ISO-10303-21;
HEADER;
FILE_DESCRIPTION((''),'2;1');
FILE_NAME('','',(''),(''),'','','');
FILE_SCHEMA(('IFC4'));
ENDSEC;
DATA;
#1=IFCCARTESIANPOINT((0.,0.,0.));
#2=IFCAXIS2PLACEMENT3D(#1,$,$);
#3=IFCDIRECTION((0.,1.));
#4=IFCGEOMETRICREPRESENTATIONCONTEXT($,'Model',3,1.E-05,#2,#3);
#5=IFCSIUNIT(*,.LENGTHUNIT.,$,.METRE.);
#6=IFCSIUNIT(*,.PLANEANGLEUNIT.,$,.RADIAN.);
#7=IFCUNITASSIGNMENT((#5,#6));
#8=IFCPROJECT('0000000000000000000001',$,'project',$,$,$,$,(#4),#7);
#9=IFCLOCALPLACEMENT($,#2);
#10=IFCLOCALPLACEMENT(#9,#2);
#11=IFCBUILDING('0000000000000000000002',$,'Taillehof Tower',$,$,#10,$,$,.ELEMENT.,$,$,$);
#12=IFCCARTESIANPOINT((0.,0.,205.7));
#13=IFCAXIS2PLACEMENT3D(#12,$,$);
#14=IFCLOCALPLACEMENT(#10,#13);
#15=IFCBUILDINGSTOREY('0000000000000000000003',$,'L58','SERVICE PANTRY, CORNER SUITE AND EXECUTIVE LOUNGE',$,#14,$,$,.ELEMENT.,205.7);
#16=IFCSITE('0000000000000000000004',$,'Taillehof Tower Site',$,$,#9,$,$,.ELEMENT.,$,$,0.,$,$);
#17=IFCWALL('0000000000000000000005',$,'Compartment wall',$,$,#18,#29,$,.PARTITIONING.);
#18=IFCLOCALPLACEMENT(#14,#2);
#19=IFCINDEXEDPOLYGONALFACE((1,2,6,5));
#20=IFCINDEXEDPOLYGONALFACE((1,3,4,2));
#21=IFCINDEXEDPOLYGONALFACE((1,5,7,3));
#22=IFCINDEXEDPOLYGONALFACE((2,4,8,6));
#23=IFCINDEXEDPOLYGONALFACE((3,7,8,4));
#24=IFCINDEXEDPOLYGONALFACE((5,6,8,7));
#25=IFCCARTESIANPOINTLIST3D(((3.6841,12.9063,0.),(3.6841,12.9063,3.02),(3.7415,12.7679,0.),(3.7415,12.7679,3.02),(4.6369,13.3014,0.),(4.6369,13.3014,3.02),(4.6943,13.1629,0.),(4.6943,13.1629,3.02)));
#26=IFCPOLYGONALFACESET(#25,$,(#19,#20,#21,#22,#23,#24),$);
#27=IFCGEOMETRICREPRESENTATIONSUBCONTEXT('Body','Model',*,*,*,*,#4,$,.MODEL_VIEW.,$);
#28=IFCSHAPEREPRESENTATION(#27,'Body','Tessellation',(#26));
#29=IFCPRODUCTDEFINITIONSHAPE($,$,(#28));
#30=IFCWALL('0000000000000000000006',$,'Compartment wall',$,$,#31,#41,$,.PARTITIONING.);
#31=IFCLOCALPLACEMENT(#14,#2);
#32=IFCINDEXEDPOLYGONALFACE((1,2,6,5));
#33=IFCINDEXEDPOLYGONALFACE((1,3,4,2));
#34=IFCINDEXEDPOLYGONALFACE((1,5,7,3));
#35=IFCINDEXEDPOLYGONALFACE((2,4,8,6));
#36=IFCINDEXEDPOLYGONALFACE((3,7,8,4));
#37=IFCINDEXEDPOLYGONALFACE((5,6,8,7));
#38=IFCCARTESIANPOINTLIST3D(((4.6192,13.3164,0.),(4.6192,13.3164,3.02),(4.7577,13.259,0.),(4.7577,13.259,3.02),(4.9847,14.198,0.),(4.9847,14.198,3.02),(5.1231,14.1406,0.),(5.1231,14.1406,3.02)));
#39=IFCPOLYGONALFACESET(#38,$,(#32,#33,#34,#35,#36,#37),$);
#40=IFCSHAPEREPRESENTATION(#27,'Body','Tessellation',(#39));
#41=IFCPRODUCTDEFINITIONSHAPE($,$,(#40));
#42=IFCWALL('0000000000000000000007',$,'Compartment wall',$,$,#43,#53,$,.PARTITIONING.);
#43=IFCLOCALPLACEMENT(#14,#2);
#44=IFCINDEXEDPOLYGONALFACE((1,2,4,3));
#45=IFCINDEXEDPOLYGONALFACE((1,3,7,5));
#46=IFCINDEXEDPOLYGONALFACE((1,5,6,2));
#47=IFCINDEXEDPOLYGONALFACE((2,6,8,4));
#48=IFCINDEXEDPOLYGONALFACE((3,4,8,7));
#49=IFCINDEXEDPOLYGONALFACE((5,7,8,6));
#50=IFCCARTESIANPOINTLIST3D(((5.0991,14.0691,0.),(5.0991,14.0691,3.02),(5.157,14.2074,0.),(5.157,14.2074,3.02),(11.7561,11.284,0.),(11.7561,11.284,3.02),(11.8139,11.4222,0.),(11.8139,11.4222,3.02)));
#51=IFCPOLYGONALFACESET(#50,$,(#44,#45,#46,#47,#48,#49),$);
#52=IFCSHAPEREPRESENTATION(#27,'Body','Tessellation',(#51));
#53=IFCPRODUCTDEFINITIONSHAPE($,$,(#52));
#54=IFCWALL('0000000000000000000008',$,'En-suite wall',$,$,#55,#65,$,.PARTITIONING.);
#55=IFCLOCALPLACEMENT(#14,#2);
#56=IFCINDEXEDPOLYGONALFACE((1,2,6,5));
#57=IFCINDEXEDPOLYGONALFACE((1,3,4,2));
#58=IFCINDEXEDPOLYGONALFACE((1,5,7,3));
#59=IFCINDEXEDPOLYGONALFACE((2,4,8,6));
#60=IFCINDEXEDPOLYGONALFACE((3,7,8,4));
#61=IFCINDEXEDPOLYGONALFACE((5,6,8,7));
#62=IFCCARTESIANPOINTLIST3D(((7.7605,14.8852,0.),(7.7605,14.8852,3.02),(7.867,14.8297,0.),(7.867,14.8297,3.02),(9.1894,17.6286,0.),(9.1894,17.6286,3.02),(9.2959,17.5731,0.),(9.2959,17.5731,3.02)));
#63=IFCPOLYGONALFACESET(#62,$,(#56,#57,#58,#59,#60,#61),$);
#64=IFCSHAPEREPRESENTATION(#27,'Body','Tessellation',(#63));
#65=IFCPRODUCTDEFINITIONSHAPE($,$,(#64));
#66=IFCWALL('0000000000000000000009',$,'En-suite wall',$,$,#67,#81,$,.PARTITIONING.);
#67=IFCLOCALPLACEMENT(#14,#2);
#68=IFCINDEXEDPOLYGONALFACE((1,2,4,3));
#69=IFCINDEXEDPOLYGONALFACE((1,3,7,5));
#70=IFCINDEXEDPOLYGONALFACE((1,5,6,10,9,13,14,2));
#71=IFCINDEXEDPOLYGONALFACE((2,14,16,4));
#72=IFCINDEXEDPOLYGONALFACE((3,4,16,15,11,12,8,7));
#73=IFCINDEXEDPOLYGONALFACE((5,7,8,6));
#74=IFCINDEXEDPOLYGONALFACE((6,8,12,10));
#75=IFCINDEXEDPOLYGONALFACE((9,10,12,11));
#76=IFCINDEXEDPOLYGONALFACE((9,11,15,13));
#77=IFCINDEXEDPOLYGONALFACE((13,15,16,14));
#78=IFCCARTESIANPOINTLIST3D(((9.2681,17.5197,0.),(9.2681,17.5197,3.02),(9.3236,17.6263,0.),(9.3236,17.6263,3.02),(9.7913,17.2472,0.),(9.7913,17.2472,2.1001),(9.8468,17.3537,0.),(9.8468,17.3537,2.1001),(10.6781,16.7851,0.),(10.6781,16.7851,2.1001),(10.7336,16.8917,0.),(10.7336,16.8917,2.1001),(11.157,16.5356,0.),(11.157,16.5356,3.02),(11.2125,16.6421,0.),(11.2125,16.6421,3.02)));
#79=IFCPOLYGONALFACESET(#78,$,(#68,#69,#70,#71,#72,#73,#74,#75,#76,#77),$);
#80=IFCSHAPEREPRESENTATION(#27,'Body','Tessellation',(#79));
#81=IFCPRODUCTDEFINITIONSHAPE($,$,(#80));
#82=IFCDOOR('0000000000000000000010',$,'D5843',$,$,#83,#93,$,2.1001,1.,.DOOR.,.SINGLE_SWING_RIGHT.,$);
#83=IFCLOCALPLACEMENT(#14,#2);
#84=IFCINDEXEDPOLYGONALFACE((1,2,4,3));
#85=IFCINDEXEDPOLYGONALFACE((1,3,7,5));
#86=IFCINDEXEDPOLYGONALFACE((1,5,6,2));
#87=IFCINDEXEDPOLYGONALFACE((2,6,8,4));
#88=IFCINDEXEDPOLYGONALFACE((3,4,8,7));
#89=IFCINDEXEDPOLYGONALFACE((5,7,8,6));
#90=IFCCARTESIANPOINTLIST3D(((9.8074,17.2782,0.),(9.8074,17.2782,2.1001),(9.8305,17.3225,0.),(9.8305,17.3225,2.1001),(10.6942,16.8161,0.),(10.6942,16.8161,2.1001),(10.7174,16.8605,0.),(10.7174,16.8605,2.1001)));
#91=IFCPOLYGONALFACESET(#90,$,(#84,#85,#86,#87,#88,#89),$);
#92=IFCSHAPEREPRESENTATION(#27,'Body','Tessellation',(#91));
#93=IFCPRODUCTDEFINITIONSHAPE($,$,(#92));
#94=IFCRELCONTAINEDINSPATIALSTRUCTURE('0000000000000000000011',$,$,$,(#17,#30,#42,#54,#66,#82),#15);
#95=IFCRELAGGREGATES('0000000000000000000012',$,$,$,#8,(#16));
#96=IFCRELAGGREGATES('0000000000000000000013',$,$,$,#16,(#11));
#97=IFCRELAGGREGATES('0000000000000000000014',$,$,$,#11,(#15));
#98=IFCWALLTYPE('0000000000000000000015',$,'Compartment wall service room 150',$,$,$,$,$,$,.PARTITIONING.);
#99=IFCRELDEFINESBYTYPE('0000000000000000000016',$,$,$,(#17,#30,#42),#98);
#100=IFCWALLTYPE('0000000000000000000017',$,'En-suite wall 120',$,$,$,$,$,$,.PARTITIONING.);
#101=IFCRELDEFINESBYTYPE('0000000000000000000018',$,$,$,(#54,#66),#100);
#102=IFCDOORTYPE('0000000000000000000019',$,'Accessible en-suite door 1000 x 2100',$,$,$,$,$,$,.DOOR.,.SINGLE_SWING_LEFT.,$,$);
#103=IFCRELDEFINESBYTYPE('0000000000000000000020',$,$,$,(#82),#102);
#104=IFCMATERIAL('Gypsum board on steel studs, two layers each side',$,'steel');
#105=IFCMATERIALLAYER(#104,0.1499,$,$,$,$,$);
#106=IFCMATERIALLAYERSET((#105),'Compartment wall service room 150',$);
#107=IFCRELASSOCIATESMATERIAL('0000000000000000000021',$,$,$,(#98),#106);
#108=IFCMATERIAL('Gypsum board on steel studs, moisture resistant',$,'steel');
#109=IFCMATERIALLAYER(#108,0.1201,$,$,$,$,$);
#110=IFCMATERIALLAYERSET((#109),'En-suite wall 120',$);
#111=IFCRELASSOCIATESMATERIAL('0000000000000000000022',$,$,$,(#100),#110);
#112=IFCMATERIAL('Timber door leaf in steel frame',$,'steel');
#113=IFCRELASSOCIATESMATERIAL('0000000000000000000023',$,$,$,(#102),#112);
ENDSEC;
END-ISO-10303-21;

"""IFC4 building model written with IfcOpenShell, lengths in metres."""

from ifc_helpers import new_model, si_unit, direction, frame, frame_2d, origin, place, context, subcontext, project, spatial, rectangle, extrude, material, layer, layer_set, type_object, element, fill, save


model = new_model("IFC4")

# Units and contexts
model_context = context("Model", 3, precision=1e-05, world=origin(), true_north=direction((0.0, 1.0)))
body_context = subcontext(model_context, "Body", "Model", "MODEL_VIEW")
ifc_project = project(units=[si_unit("LENGTHUNIT", "METRE"), si_unit("PLANEANGLEUNIT", "RADIAN")], contexts=[model_context])

# Site, building, storey
site_placement = place(None, origin())
site = spatial("IfcSite", under=ifc_project, at=site_placement, Name="Taillehof Tower Site", CompositionType="ELEMENT", RefElevation=0.0)
building_placement = place(site_placement, origin())
building = spatial("IfcBuilding", under=site, at=building_placement, Name="Taillehof Tower", CompositionType="ELEMENT")
storey_placement = place(building_placement, frame((0.0, 0.0, 205.7)))
storey = spatial("IfcBuildingStorey", under=building, at=storey_placement, Name="L58", Description="SERVICE PANTRY, CORNER SUITE AND EXECUTIVE LOUNGE", CompositionType="ELEMENT", Elevation=205.7)

# Walls
ifc_material_1 = material(Name="Gypsum board on steel studs, two layers each side", Category="steel")
ifc_layer_1 = layer(ifc_material_1, 0.1499)
ifc_layer_set_1 = layer_set([ifc_layer_1], Name="Compartment wall service room 150")
wall_type_1 = type_object("IfcWallType", Name="Compartment wall service room 150", PredefinedType="PARTITIONING", material=ifc_layer_set_1)
wall_1_placement = place(storey_placement, frame((3.7129, 12.8372, 0.0), z_axis=(0.0, 0.0, 1.0), x_axis=(0.923769, 0.382951, 0.0)))
element("IfcWall", 1, at=wall_1_placement, inside=storey, type_object=wall_type_1, Name="Compartment wall", PredefinedType="PARTITIONING", context=body_context, shape_type="SweptSolid", body=[
    extrude(rectangle(XDim=1.0315, YDim=0.1499, at=frame_2d((0.5156, 0.0))), origin(), (0.0, 0.0, 1.0), 3.02),
])
wall_2_placement = place(storey_placement, frame((4.6885, 13.2878, 0.0), z_axis=(0.0, 0.0, 1.0), x_axis=(0.382962, 0.923764, 0.0)))
element("IfcWall", 2, at=wall_2_placement, inside=storey, type_object=wall_type_1, Name="Compartment wall", PredefinedType="PARTITIONING", context=body_context, shape_type="SweptSolid", body=[
    extrude(rectangle(XDim=0.9543, YDim=0.1499, at=frame_2d((0.4771, 0.0))), origin(), (0.0, 0.0, 1.0), 3.02),
])
wall_3_placement = place(storey_placement, frame((5.1282, 14.1382, 0.0), z_axis=(0.0, 0.0, 1.0), x_axis=(0.922514, -0.385963, 0.0)))
element("IfcWall", 3, at=wall_3_placement, inside=storey, type_object=wall_type_1, Name="Compartment wall", PredefinedType="PARTITIONING", context=body_context, shape_type="SweptSolid", body=[
    extrude(rectangle(XDim=7.2161, YDim=0.1499, at=frame_2d((3.6079, 0.0))), origin(), (0.0, 0.0, 1.0), 3.02),
])
ifc_material_2 = material(Name="Gypsum board on steel studs, moisture resistant", Category="steel")
ifc_layer_2 = layer(ifc_material_2, 0.1201)
ifc_layer_set_2 = layer_set([ifc_layer_2], Name="En-suite wall 120")
wall_type_2 = type_object("IfcWallType", Name="En-suite wall 120", PredefinedType="PARTITIONING", material=ifc_layer_set_2)
wall_4_placement = place(storey_placement, frame((7.8137, 14.8574, 0.0), z_axis=(0.0, 0.0, 1.0), x_axis=(0.461959, 0.886901, 0.0)))
element("IfcWall", 4, at=wall_4_placement, inside=storey, type_object=wall_type_2, Name="En-suite wall", PredefinedType="PARTITIONING", context=body_context, shape_type="SweptSolid", body=[
    extrude(rectangle(XDim=3.0933, YDim=0.1201, at=frame_2d((1.5466, 0.0))), origin(), (0.0, 0.0, 1.0), 3.02),
])

# Wall, opening, door
wall_5_placement = place(storey_placement, frame((9.2959, 17.573, 0.0), z_axis=(0.0, 0.0, 1.0), x_axis=(0.886852, -0.462053, 0.0)))
wall_5 = element("IfcWall", 5, at=wall_5_placement, inside=storey, type_object=wall_type_2, Name="En-suite wall", PredefinedType="PARTITIONING", context=body_context, shape_type="SweptSolid", body=[
    extrude(rectangle(XDim=2.1299, YDim=0.1201, at=frame_2d((1.0649, 0.0))), origin(), (0.0, 0.0, 1.0), 3.02),
])
opening_1_placement = place(wall_5_placement, frame((0.5898, 0.0, 0.0)))
opening_1 = element("IfcOpeningElement", 6, at=opening_1_placement, cuts=wall_5, PredefinedType="OPENING", context=body_context, shape_type="SweptSolid", body=[
    extrude(rectangle(XDim=1.0, YDim=2.1001, at=frame_2d((0.5, 1.05))), frame((0.0, 0.0701, 0.0), z_axis=(0.0, -1.0, 0.0), x_axis=(1.0, 0.0, 0.0)), (0.0, 0.0, 1.0), 0.1401),
])
ifc_material_3 = material(Name="Timber door leaf in steel frame", Category="steel")
door_type_1 = type_object("IfcDoorType", Name="Accessible en-suite door 1000 x 2100", OperationType="SINGLE_SWING_LEFT", PredefinedType="DOOR", material=ifc_material_3)
door_1_placement = place(opening_1_placement, origin())
door_1 = element("IfcDoor", 7, at=door_1_placement, inside=storey, type_object=door_type_1, Name="D5843", OperationType="SINGLE_SWING_RIGHT", OverallHeight=2.1001, OverallWidth=1.0, PredefinedType="DOOR", context=body_context, shape_type="SweptSolid", body=[
    extrude(rectangle(XDim=1.0, YDim=2.1001, at=frame_2d((0.5, 1.05))), frame((0.0, 0.0249, 0.0), z_axis=(0.0, -1.0, 0.0), x_axis=(1.0, 0.0, 0.0)), (0.0, 0.0, 1.0), 0.05),
])
fill(opening_1, door_1)

save(model, "model.ifc")
